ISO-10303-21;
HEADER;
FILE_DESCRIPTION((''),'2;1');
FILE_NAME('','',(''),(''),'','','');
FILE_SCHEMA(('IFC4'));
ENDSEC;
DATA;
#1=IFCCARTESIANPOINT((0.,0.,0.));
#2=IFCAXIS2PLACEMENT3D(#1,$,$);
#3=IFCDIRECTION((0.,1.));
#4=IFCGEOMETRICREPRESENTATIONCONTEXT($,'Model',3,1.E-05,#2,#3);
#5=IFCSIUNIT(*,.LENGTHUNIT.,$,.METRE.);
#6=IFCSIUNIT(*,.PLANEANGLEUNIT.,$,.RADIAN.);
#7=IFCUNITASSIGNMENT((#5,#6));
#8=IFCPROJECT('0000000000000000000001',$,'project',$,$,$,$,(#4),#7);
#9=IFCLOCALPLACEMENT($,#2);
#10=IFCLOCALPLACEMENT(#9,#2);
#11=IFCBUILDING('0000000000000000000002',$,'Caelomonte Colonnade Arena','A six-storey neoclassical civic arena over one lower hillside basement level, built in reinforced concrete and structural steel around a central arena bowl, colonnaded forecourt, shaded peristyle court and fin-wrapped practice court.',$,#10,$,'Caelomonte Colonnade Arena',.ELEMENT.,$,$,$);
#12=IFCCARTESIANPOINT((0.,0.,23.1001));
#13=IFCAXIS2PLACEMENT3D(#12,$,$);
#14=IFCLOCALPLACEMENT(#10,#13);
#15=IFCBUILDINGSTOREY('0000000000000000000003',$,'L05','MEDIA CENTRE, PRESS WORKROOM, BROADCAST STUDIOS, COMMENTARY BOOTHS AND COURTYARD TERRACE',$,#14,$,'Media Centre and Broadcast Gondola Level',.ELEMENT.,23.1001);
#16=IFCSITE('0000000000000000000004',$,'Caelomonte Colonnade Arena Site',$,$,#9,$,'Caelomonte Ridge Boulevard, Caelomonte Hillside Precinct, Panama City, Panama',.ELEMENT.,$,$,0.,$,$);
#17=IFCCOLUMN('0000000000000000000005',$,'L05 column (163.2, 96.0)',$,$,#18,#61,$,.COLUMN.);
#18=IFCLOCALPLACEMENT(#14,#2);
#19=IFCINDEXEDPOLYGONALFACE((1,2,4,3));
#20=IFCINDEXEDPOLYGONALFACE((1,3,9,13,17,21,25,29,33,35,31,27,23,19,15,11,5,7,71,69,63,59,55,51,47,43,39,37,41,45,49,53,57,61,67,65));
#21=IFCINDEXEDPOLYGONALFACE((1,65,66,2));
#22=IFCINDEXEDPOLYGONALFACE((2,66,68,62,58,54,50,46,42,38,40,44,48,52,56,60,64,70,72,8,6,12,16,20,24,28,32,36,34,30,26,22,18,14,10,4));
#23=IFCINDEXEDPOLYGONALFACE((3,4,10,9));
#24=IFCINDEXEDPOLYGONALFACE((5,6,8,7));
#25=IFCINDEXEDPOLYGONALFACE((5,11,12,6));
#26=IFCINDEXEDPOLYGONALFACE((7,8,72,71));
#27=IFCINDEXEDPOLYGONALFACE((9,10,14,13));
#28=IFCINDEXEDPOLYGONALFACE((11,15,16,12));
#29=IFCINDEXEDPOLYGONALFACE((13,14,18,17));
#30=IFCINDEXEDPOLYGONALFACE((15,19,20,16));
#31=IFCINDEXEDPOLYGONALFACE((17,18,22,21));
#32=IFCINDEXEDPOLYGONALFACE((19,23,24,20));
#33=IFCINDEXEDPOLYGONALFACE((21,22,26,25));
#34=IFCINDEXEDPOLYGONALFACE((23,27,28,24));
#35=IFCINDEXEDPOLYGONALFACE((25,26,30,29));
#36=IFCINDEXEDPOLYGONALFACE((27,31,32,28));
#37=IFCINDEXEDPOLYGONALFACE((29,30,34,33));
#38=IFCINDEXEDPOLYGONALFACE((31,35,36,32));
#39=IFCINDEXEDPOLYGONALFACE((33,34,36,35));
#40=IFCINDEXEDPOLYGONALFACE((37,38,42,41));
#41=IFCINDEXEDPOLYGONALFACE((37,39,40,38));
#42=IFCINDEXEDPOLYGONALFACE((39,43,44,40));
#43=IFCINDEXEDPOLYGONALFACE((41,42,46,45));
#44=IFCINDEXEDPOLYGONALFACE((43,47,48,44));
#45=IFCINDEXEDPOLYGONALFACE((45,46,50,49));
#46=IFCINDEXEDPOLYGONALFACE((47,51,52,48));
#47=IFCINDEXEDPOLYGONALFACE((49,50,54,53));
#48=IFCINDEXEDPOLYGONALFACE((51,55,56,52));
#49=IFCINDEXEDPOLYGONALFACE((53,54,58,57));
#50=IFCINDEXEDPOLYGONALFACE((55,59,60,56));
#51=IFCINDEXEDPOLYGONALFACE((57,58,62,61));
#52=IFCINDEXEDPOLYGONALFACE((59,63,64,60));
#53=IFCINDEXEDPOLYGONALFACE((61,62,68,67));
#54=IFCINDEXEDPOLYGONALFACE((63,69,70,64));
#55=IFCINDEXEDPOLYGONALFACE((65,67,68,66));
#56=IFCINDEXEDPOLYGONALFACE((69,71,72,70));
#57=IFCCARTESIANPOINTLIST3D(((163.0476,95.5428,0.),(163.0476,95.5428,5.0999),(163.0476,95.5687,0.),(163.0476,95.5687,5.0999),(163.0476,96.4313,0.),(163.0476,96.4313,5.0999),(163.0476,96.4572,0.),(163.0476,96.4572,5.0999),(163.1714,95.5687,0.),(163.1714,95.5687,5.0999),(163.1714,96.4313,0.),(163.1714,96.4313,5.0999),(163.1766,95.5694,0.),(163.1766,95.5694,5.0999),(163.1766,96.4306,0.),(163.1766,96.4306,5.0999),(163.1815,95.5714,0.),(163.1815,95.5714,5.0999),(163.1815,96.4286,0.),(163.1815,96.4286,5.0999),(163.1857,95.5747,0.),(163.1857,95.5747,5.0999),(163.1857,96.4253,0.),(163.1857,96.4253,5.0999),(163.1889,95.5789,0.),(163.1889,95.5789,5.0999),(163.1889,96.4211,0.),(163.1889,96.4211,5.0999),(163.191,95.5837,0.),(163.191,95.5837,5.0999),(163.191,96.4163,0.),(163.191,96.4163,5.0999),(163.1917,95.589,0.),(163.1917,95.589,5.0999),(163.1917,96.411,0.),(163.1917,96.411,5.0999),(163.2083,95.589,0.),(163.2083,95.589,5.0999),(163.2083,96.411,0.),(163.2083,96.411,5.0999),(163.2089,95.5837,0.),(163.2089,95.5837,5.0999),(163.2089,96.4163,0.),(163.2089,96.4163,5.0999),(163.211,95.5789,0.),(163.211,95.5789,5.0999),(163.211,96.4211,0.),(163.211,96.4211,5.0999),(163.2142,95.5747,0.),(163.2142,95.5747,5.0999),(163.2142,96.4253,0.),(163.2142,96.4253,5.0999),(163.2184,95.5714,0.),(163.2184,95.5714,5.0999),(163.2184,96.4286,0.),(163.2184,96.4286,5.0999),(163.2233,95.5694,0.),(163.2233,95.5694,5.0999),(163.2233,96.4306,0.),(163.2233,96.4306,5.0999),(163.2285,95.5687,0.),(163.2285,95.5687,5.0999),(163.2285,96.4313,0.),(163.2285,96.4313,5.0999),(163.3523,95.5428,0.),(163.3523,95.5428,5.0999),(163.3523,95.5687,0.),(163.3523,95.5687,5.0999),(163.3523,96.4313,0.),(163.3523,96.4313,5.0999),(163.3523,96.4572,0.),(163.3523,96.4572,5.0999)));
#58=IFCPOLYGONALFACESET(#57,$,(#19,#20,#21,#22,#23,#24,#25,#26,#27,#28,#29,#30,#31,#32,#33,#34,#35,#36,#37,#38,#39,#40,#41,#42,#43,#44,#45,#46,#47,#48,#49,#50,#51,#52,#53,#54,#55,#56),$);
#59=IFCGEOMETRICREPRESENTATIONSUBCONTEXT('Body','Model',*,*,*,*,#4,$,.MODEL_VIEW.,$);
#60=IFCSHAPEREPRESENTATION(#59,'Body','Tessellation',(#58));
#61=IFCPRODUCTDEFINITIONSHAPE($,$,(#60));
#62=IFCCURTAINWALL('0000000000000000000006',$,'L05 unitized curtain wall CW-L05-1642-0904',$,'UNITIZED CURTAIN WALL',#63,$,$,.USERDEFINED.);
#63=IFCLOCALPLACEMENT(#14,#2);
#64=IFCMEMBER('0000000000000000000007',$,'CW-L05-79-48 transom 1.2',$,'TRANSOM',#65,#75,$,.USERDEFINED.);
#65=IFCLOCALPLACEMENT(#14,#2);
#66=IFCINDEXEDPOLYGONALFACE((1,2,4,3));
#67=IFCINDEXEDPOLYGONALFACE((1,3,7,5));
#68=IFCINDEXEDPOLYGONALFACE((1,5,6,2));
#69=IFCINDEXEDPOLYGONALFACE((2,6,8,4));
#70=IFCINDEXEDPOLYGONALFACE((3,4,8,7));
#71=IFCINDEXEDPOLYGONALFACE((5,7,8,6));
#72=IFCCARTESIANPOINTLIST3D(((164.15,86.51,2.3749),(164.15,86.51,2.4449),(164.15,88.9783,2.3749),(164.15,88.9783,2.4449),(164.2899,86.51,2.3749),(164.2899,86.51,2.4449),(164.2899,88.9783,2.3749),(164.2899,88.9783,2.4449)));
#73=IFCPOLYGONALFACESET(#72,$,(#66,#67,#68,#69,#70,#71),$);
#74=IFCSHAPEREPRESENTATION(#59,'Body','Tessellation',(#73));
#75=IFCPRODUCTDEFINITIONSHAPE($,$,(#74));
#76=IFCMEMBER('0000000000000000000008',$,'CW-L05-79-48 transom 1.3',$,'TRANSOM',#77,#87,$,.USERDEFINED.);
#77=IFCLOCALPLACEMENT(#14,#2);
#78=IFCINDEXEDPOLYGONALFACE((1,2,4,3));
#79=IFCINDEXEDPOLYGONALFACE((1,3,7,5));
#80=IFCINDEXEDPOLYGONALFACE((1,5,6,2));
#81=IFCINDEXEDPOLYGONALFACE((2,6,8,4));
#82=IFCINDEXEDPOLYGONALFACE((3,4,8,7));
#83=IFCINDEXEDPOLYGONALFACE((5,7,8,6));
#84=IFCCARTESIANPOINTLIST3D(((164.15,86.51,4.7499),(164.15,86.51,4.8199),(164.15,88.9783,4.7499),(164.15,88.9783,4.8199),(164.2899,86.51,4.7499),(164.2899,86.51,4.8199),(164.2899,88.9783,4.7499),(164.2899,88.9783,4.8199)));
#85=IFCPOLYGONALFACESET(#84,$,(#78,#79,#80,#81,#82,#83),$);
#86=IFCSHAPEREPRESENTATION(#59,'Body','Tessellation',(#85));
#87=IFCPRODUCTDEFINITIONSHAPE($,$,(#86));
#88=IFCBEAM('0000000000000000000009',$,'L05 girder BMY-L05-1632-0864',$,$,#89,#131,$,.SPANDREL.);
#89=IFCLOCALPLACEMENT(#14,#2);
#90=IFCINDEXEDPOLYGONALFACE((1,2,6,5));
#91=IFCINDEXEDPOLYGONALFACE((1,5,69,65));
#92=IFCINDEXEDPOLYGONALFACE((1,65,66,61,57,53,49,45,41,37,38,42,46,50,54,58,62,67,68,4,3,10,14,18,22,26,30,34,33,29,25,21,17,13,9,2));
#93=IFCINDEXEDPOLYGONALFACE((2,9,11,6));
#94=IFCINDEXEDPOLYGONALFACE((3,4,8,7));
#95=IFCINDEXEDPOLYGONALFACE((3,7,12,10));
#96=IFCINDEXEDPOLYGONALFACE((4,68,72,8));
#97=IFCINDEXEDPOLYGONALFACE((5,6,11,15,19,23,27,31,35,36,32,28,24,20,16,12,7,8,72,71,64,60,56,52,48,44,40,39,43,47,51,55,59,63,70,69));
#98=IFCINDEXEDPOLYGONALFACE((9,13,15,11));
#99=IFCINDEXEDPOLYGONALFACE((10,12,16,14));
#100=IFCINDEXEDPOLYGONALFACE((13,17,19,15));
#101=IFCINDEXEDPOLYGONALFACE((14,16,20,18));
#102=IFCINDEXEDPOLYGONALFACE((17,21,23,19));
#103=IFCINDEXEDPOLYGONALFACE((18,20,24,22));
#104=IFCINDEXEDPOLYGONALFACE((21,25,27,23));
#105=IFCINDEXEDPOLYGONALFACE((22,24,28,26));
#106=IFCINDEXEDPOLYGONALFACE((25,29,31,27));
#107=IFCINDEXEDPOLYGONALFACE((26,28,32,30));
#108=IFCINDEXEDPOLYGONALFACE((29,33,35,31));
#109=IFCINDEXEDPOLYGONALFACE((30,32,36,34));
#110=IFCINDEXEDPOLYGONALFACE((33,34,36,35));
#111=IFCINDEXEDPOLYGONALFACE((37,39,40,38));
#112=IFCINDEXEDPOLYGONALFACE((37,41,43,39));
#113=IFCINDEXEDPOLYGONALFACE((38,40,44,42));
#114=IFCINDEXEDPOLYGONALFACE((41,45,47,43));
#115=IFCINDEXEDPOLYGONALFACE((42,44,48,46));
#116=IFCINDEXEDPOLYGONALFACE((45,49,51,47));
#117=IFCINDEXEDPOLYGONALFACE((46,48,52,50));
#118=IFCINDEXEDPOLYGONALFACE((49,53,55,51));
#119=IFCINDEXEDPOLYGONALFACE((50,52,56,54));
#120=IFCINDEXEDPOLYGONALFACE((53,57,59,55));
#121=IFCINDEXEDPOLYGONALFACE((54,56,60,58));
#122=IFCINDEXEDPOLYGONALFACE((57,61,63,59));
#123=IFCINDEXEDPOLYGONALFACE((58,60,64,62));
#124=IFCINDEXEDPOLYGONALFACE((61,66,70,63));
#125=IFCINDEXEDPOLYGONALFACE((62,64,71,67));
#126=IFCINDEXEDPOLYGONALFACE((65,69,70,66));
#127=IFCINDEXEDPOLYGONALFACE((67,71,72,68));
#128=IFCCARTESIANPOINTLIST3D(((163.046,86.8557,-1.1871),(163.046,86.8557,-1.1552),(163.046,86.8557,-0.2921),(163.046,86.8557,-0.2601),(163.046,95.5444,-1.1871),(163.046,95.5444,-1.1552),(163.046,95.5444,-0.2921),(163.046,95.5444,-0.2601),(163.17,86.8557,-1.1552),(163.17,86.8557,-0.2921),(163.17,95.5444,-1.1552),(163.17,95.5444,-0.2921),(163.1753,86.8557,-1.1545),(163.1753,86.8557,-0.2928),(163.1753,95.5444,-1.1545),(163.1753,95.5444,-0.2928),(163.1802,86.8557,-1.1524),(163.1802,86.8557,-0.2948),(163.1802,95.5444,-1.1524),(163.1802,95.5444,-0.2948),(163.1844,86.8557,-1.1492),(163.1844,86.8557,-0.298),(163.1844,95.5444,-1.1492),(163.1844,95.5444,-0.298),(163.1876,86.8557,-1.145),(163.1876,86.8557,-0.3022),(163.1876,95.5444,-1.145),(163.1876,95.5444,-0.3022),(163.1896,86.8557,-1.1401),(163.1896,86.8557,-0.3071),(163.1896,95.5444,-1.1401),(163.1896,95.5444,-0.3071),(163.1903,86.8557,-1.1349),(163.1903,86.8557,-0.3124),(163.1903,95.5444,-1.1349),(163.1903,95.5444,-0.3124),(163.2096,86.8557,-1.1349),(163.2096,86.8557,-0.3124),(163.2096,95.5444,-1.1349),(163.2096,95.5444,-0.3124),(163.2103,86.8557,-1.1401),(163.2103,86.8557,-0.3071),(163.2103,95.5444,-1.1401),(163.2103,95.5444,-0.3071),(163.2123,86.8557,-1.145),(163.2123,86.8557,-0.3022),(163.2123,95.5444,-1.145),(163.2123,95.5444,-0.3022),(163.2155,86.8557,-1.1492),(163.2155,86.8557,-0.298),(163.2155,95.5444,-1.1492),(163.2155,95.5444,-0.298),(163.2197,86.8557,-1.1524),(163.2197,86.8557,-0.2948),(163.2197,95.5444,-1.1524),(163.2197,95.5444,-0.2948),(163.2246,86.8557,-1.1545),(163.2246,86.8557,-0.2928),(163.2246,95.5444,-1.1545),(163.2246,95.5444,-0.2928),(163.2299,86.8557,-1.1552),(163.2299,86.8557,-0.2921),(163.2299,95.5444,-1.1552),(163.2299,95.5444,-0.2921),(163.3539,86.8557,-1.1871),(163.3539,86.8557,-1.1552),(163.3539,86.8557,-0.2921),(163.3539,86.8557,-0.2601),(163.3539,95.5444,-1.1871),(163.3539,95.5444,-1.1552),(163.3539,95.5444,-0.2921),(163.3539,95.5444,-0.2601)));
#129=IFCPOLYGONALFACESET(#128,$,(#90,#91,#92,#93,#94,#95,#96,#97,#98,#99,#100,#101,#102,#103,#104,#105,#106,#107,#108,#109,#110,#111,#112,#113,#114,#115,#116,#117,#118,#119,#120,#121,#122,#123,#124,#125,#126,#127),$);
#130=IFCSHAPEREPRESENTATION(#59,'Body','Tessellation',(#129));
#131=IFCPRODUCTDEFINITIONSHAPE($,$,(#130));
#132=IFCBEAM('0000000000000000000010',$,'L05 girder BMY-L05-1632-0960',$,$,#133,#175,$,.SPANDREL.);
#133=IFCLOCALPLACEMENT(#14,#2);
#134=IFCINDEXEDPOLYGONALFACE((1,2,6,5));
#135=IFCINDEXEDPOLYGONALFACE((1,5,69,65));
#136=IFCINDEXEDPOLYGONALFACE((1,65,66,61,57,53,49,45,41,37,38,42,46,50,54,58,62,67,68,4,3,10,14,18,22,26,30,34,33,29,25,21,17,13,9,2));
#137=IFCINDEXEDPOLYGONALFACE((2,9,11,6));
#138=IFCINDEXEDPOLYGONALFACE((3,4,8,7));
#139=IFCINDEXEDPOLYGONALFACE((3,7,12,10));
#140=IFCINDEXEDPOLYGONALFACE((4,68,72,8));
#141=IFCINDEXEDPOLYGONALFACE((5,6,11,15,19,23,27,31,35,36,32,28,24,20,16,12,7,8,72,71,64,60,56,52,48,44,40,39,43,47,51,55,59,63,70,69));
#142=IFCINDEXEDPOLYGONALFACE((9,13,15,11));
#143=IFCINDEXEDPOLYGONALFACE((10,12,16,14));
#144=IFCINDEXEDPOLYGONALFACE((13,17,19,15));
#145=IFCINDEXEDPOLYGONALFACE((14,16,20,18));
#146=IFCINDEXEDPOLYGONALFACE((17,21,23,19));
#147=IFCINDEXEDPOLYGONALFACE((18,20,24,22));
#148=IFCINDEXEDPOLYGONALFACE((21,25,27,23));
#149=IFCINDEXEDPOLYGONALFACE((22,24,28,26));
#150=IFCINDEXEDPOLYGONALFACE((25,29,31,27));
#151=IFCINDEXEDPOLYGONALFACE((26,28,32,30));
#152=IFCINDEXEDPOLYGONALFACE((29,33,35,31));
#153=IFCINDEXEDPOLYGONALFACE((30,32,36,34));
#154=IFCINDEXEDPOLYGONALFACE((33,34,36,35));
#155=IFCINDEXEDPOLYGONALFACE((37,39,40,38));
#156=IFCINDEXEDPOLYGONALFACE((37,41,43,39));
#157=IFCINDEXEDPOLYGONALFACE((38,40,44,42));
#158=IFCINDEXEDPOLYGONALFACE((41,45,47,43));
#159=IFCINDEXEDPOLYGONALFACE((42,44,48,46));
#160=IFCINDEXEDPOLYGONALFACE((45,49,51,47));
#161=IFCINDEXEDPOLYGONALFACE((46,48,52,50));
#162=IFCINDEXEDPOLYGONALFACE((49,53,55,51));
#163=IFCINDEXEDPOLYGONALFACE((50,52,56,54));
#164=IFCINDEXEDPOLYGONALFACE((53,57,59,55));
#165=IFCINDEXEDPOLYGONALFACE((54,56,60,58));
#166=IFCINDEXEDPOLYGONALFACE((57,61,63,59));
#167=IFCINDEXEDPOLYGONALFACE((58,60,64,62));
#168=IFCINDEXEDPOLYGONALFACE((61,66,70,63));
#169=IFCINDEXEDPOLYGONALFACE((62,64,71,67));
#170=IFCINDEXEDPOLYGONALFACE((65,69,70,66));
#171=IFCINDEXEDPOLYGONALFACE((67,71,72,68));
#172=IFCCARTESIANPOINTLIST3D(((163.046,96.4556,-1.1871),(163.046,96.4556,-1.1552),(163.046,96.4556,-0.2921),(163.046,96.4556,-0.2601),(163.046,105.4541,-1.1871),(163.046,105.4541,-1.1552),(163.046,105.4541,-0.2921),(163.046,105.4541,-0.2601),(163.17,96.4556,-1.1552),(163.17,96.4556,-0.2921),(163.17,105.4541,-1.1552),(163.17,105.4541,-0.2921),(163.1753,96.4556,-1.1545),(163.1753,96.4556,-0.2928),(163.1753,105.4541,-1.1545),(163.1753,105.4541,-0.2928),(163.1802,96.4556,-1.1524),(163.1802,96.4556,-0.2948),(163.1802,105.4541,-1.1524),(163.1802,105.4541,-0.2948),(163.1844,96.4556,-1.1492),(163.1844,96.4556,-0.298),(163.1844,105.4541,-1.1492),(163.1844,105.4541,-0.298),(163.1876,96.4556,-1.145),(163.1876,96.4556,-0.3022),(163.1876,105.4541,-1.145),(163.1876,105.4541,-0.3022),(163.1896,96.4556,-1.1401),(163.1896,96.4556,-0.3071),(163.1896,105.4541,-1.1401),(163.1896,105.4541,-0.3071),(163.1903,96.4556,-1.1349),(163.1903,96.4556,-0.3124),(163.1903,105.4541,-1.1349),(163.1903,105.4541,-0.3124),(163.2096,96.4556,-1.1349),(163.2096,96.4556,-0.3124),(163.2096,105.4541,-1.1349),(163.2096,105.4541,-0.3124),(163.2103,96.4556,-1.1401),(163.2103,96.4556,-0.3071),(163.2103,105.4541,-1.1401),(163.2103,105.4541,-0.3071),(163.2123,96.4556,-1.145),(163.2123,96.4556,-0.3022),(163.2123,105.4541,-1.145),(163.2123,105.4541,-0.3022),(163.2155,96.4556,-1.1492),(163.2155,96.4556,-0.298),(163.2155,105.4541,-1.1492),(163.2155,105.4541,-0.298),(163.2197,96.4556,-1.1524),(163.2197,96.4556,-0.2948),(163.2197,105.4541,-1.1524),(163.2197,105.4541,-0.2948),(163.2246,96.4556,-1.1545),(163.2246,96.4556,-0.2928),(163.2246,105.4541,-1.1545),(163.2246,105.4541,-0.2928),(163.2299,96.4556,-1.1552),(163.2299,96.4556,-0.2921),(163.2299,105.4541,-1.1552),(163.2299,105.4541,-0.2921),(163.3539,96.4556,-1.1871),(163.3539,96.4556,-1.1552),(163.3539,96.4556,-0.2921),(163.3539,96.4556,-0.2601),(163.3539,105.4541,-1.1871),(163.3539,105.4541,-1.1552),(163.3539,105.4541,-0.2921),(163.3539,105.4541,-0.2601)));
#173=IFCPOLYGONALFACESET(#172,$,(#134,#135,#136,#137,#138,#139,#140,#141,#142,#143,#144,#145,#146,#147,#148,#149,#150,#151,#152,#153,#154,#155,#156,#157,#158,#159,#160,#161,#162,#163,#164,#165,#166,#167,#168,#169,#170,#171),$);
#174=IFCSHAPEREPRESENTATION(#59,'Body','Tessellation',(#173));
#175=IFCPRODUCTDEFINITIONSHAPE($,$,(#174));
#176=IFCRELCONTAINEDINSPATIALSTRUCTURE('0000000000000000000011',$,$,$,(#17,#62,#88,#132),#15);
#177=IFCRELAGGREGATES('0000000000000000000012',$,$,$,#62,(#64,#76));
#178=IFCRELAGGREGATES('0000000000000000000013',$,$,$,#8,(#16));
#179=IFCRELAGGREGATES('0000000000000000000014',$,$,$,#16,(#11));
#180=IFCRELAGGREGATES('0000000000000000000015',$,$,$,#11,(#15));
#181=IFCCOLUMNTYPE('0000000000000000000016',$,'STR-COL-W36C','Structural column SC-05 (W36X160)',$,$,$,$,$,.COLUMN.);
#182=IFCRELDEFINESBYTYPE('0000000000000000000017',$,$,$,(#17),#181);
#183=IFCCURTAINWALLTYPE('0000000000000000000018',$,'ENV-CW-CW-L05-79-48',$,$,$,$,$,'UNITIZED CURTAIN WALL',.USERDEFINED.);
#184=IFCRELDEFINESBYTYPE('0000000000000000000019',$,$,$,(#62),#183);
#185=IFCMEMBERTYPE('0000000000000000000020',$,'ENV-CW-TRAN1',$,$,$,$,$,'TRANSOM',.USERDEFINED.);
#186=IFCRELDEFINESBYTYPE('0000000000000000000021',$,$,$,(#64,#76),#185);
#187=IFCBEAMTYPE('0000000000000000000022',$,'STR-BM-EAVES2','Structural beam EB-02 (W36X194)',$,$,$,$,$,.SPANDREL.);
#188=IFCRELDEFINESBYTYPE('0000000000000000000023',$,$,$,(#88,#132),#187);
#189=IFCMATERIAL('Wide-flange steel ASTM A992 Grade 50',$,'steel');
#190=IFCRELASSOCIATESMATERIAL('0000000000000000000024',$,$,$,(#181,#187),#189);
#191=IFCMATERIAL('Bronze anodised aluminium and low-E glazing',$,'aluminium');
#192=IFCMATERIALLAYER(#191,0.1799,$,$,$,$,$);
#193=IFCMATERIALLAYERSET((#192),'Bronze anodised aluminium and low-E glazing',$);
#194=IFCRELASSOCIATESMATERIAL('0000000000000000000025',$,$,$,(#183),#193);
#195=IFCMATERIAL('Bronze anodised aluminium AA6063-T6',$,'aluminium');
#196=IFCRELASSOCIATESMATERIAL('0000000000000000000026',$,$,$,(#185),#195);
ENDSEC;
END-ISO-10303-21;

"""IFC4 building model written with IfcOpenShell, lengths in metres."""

from ifc_helpers import new_model, si_unit, direction, frame, origin, origin_2d, place, context, subcontext, project, spatial, rectangle, i_section, extrude, material, layer, layer_set, material_profile, profile_set, type_object, element, aggregate, save


model = new_model("IFC4")

# Units and contexts
model_context = context("Model", 3, precision=1e-05, world=origin(), true_north=direction((0.0, 1.0)))
body_context = subcontext(model_context, "Body", "Model", "MODEL_VIEW")
ifc_project = project(units=[si_unit("LENGTHUNIT", "METRE"), si_unit("PLANEANGLEUNIT", "RADIAN")], contexts=[model_context])

# Site, building, storey
site_placement = place(None, origin())
site = spatial("IfcSite", under=ifc_project, at=site_placement, Name="Caelomonte Colonnade Arena Site", LongName="Caelomonte Ridge Boulevard, Caelomonte Hillside Precinct, Panama City, Panama", CompositionType="ELEMENT", RefElevation=0.0)
building_placement = place(site_placement, origin())
building = spatial("IfcBuilding", under=site, at=building_placement, Name="Caelomonte Colonnade Arena", Description="A six-storey neoclassical civic arena over one lower hillside basement level, built in reinforced concrete and structural steel around a central arena bowl, colonnaded forecourt, shaded peristyle court and fin-wrapped practice court.", LongName="Caelomonte Colonnade Arena", CompositionType="ELEMENT")
storey_placement = place(building_placement, frame((0.0, 0.0, 23.1001)))
storey = spatial("IfcBuildingStorey", under=building, at=storey_placement, Name="L05", Description="MEDIA CENTRE, PRESS WORKROOM, BROADCAST STUDIOS, COMMENTARY BOOTHS AND COURTYARD TERRACE", LongName="Media Centre and Broadcast Gondola Level", CompositionType="ELEMENT", Elevation=23.1001)

# Column
ifc_material_1 = material(Name="Wide-flange steel ASTM A992 Grade 50", Category="steel")
ifc_material_profile_1 = material_profile(ifc_material_1, i_section(OverallWidth=0.3047, OverallDepth=0.9143, WebThickness=0.0166, FlangeThickness=0.0259, FilletRadius=0.0203, at=origin_2d()), Name="W36X160")
ifc_profile_set_1 = profile_set([ifc_material_profile_1], Name="Wide-flange steel ASTM A992 Grade 50")
column_type = type_object("IfcColumnType", Name="STR-COL-W36C", Description="Structural column SC-05 (W36X160)", PredefinedType="COLUMN", material=ifc_profile_set_1)
column_placement = place(storey_placement, frame((163.2, 96.0, 0.0), z_axis=(0.0, 0.0, 1.0), x_axis=(1.0, 0.0, 0.0)))
element("IfcColumn", 1, at=column_placement, inside=storey, type_object=column_type, Name="L05 column (163.2, 96.0)", PredefinedType="COLUMN", context=body_context, shape_type="SweptSolid", body=[
    extrude(i_section(OverallWidth=0.3047, OverallDepth=0.9143, WebThickness=0.0166, FlangeThickness=0.0259, FilletRadius=0.0203, at=origin_2d()), origin(), (0.0, 0.0, 1.0), 5.0999),
])

# Curtain wall, members
ifc_material_2 = material(Name="Bronze anodised aluminium and low-E glazing", Category="aluminium")
ifc_layer_1 = layer(ifc_material_2, 0.1799)
ifc_layer_set_1 = layer_set([ifc_layer_1], Name="Bronze anodised aluminium and low-E glazing")
curtain_wall_type = type_object("IfcCurtainWallType", Name="ENV-CW-CW-L05-79-48", ElementType="UNITIZED CURTAIN WALL", PredefinedType="USERDEFINED", material=ifc_layer_set_1)
curtain_wall_placement = place(storey_placement, origin())
curtain_wall = element("IfcCurtainWall", 2, at=curtain_wall_placement, inside=storey, type_object=curtain_wall_type, Name="L05 unitized curtain wall CW-L05-1642-0904", ObjectType="UNITIZED CURTAIN WALL", PredefinedType="USERDEFINED")
ifc_material_3 = material(Name="Bronze anodised aluminium AA6063-T6", Category="aluminium")
ifc_material_profile_2 = material_profile(ifc_material_3, rectangle(XDim=0.0701, YDim=0.1399, at=origin_2d()), Name="CWT-70X140")
ifc_profile_set_2 = profile_set([ifc_material_profile_2], Name="Bronze anodised aluminium AA6063-T6")
member_type = type_object("IfcMemberType", Name="ENV-CW-TRAN1", ElementType="TRANSOM", PredefinedType="USERDEFINED", material=ifc_profile_set_2)
member_1_placement = place(storey_placement, frame((164.22, 86.51, 2.4099), z_axis=(0.0, 1.0, 0.0), x_axis=(0.0, 0.0, 1.0)))
member_1 = element("IfcMember", 3, at=member_1_placement, type_object=member_type, Name="CW-L05-79-48 transom 1.2", ObjectType="TRANSOM", PredefinedType="USERDEFINED", context=body_context, shape_type="SweptSolid", body=[
    extrude(rectangle(XDim=0.0701, YDim=0.1399, at=origin_2d()), origin(), (0.0, 0.0, 1.0), 2.4683),
])
member_2_placement = place(storey_placement, frame((164.22, 86.51, 4.7849), z_axis=(0.0, 1.0, 0.0), x_axis=(0.0, 0.0, 1.0)))
member_2 = element("IfcMember", 4, at=member_2_placement, type_object=member_type, Name="CW-L05-79-48 transom 1.3", ObjectType="TRANSOM", PredefinedType="USERDEFINED", context=body_context, shape_type="SweptSolid", body=[
    extrude(rectangle(XDim=0.0701, YDim=0.1399, at=origin_2d()), origin(), (0.0, 0.0, 1.0), 2.4683),
])
aggregate(curtain_wall, [member_1, member_2])

# Beams
ifc_material_profile_3 = material_profile(ifc_material_1, i_section(OverallWidth=0.3079, OverallDepth=0.927, WebThickness=0.0193, FlangeThickness=0.032, FilletRadius=0.0203, at=origin_2d()), Name="W36X194")
ifc_profile_set_3 = profile_set([ifc_material_profile_3], Name="Wide-flange steel ASTM A992 Grade 50")
beam_type_1 = type_object("IfcBeamType", Name="STR-BM-EAVES2", Description="Structural beam EB-02 (W36X194)", PredefinedType="SPANDREL", material=ifc_profile_set_3)
beam_1_placement = place(storey_placement, frame((163.2, 86.8557, -0.7236), z_axis=(0.0, 1.0, 0.0), x_axis=(-1.0, 0.0, 0.0)))
element("IfcBeam", 5, at=beam_1_placement, inside=storey, type_object=beam_type_1, Name="L05 girder BMY-L05-1632-0864", PredefinedType="SPANDREL", context=body_context, shape_type="SweptSolid", body=[
    extrude(i_section(OverallWidth=0.3079, OverallDepth=0.927, WebThickness=0.0193, FlangeThickness=0.032, FilletRadius=0.0203, at=origin_2d()), origin(), (0.0, 0.0, 1.0), 8.6887),
])
beam_2_placement = place(storey_placement, frame((163.2, 96.4556, -0.7236), z_axis=(0.0, 1.0, 0.0), x_axis=(-1.0, 0.0, 0.0)))
element("IfcBeam", 6, at=beam_2_placement, inside=storey, type_object=beam_type_1, Name="L05 girder BMY-L05-1632-0960", PredefinedType="SPANDREL", context=body_context, shape_type="SweptSolid", body=[
    extrude(i_section(OverallWidth=0.3079, OverallDepth=0.927, WebThickness=0.0193, FlangeThickness=0.032, FilletRadius=0.0203, at=origin_2d()), origin(), (0.0, 0.0, 1.0), 8.9985),
])

save(model, "model.ifc")
